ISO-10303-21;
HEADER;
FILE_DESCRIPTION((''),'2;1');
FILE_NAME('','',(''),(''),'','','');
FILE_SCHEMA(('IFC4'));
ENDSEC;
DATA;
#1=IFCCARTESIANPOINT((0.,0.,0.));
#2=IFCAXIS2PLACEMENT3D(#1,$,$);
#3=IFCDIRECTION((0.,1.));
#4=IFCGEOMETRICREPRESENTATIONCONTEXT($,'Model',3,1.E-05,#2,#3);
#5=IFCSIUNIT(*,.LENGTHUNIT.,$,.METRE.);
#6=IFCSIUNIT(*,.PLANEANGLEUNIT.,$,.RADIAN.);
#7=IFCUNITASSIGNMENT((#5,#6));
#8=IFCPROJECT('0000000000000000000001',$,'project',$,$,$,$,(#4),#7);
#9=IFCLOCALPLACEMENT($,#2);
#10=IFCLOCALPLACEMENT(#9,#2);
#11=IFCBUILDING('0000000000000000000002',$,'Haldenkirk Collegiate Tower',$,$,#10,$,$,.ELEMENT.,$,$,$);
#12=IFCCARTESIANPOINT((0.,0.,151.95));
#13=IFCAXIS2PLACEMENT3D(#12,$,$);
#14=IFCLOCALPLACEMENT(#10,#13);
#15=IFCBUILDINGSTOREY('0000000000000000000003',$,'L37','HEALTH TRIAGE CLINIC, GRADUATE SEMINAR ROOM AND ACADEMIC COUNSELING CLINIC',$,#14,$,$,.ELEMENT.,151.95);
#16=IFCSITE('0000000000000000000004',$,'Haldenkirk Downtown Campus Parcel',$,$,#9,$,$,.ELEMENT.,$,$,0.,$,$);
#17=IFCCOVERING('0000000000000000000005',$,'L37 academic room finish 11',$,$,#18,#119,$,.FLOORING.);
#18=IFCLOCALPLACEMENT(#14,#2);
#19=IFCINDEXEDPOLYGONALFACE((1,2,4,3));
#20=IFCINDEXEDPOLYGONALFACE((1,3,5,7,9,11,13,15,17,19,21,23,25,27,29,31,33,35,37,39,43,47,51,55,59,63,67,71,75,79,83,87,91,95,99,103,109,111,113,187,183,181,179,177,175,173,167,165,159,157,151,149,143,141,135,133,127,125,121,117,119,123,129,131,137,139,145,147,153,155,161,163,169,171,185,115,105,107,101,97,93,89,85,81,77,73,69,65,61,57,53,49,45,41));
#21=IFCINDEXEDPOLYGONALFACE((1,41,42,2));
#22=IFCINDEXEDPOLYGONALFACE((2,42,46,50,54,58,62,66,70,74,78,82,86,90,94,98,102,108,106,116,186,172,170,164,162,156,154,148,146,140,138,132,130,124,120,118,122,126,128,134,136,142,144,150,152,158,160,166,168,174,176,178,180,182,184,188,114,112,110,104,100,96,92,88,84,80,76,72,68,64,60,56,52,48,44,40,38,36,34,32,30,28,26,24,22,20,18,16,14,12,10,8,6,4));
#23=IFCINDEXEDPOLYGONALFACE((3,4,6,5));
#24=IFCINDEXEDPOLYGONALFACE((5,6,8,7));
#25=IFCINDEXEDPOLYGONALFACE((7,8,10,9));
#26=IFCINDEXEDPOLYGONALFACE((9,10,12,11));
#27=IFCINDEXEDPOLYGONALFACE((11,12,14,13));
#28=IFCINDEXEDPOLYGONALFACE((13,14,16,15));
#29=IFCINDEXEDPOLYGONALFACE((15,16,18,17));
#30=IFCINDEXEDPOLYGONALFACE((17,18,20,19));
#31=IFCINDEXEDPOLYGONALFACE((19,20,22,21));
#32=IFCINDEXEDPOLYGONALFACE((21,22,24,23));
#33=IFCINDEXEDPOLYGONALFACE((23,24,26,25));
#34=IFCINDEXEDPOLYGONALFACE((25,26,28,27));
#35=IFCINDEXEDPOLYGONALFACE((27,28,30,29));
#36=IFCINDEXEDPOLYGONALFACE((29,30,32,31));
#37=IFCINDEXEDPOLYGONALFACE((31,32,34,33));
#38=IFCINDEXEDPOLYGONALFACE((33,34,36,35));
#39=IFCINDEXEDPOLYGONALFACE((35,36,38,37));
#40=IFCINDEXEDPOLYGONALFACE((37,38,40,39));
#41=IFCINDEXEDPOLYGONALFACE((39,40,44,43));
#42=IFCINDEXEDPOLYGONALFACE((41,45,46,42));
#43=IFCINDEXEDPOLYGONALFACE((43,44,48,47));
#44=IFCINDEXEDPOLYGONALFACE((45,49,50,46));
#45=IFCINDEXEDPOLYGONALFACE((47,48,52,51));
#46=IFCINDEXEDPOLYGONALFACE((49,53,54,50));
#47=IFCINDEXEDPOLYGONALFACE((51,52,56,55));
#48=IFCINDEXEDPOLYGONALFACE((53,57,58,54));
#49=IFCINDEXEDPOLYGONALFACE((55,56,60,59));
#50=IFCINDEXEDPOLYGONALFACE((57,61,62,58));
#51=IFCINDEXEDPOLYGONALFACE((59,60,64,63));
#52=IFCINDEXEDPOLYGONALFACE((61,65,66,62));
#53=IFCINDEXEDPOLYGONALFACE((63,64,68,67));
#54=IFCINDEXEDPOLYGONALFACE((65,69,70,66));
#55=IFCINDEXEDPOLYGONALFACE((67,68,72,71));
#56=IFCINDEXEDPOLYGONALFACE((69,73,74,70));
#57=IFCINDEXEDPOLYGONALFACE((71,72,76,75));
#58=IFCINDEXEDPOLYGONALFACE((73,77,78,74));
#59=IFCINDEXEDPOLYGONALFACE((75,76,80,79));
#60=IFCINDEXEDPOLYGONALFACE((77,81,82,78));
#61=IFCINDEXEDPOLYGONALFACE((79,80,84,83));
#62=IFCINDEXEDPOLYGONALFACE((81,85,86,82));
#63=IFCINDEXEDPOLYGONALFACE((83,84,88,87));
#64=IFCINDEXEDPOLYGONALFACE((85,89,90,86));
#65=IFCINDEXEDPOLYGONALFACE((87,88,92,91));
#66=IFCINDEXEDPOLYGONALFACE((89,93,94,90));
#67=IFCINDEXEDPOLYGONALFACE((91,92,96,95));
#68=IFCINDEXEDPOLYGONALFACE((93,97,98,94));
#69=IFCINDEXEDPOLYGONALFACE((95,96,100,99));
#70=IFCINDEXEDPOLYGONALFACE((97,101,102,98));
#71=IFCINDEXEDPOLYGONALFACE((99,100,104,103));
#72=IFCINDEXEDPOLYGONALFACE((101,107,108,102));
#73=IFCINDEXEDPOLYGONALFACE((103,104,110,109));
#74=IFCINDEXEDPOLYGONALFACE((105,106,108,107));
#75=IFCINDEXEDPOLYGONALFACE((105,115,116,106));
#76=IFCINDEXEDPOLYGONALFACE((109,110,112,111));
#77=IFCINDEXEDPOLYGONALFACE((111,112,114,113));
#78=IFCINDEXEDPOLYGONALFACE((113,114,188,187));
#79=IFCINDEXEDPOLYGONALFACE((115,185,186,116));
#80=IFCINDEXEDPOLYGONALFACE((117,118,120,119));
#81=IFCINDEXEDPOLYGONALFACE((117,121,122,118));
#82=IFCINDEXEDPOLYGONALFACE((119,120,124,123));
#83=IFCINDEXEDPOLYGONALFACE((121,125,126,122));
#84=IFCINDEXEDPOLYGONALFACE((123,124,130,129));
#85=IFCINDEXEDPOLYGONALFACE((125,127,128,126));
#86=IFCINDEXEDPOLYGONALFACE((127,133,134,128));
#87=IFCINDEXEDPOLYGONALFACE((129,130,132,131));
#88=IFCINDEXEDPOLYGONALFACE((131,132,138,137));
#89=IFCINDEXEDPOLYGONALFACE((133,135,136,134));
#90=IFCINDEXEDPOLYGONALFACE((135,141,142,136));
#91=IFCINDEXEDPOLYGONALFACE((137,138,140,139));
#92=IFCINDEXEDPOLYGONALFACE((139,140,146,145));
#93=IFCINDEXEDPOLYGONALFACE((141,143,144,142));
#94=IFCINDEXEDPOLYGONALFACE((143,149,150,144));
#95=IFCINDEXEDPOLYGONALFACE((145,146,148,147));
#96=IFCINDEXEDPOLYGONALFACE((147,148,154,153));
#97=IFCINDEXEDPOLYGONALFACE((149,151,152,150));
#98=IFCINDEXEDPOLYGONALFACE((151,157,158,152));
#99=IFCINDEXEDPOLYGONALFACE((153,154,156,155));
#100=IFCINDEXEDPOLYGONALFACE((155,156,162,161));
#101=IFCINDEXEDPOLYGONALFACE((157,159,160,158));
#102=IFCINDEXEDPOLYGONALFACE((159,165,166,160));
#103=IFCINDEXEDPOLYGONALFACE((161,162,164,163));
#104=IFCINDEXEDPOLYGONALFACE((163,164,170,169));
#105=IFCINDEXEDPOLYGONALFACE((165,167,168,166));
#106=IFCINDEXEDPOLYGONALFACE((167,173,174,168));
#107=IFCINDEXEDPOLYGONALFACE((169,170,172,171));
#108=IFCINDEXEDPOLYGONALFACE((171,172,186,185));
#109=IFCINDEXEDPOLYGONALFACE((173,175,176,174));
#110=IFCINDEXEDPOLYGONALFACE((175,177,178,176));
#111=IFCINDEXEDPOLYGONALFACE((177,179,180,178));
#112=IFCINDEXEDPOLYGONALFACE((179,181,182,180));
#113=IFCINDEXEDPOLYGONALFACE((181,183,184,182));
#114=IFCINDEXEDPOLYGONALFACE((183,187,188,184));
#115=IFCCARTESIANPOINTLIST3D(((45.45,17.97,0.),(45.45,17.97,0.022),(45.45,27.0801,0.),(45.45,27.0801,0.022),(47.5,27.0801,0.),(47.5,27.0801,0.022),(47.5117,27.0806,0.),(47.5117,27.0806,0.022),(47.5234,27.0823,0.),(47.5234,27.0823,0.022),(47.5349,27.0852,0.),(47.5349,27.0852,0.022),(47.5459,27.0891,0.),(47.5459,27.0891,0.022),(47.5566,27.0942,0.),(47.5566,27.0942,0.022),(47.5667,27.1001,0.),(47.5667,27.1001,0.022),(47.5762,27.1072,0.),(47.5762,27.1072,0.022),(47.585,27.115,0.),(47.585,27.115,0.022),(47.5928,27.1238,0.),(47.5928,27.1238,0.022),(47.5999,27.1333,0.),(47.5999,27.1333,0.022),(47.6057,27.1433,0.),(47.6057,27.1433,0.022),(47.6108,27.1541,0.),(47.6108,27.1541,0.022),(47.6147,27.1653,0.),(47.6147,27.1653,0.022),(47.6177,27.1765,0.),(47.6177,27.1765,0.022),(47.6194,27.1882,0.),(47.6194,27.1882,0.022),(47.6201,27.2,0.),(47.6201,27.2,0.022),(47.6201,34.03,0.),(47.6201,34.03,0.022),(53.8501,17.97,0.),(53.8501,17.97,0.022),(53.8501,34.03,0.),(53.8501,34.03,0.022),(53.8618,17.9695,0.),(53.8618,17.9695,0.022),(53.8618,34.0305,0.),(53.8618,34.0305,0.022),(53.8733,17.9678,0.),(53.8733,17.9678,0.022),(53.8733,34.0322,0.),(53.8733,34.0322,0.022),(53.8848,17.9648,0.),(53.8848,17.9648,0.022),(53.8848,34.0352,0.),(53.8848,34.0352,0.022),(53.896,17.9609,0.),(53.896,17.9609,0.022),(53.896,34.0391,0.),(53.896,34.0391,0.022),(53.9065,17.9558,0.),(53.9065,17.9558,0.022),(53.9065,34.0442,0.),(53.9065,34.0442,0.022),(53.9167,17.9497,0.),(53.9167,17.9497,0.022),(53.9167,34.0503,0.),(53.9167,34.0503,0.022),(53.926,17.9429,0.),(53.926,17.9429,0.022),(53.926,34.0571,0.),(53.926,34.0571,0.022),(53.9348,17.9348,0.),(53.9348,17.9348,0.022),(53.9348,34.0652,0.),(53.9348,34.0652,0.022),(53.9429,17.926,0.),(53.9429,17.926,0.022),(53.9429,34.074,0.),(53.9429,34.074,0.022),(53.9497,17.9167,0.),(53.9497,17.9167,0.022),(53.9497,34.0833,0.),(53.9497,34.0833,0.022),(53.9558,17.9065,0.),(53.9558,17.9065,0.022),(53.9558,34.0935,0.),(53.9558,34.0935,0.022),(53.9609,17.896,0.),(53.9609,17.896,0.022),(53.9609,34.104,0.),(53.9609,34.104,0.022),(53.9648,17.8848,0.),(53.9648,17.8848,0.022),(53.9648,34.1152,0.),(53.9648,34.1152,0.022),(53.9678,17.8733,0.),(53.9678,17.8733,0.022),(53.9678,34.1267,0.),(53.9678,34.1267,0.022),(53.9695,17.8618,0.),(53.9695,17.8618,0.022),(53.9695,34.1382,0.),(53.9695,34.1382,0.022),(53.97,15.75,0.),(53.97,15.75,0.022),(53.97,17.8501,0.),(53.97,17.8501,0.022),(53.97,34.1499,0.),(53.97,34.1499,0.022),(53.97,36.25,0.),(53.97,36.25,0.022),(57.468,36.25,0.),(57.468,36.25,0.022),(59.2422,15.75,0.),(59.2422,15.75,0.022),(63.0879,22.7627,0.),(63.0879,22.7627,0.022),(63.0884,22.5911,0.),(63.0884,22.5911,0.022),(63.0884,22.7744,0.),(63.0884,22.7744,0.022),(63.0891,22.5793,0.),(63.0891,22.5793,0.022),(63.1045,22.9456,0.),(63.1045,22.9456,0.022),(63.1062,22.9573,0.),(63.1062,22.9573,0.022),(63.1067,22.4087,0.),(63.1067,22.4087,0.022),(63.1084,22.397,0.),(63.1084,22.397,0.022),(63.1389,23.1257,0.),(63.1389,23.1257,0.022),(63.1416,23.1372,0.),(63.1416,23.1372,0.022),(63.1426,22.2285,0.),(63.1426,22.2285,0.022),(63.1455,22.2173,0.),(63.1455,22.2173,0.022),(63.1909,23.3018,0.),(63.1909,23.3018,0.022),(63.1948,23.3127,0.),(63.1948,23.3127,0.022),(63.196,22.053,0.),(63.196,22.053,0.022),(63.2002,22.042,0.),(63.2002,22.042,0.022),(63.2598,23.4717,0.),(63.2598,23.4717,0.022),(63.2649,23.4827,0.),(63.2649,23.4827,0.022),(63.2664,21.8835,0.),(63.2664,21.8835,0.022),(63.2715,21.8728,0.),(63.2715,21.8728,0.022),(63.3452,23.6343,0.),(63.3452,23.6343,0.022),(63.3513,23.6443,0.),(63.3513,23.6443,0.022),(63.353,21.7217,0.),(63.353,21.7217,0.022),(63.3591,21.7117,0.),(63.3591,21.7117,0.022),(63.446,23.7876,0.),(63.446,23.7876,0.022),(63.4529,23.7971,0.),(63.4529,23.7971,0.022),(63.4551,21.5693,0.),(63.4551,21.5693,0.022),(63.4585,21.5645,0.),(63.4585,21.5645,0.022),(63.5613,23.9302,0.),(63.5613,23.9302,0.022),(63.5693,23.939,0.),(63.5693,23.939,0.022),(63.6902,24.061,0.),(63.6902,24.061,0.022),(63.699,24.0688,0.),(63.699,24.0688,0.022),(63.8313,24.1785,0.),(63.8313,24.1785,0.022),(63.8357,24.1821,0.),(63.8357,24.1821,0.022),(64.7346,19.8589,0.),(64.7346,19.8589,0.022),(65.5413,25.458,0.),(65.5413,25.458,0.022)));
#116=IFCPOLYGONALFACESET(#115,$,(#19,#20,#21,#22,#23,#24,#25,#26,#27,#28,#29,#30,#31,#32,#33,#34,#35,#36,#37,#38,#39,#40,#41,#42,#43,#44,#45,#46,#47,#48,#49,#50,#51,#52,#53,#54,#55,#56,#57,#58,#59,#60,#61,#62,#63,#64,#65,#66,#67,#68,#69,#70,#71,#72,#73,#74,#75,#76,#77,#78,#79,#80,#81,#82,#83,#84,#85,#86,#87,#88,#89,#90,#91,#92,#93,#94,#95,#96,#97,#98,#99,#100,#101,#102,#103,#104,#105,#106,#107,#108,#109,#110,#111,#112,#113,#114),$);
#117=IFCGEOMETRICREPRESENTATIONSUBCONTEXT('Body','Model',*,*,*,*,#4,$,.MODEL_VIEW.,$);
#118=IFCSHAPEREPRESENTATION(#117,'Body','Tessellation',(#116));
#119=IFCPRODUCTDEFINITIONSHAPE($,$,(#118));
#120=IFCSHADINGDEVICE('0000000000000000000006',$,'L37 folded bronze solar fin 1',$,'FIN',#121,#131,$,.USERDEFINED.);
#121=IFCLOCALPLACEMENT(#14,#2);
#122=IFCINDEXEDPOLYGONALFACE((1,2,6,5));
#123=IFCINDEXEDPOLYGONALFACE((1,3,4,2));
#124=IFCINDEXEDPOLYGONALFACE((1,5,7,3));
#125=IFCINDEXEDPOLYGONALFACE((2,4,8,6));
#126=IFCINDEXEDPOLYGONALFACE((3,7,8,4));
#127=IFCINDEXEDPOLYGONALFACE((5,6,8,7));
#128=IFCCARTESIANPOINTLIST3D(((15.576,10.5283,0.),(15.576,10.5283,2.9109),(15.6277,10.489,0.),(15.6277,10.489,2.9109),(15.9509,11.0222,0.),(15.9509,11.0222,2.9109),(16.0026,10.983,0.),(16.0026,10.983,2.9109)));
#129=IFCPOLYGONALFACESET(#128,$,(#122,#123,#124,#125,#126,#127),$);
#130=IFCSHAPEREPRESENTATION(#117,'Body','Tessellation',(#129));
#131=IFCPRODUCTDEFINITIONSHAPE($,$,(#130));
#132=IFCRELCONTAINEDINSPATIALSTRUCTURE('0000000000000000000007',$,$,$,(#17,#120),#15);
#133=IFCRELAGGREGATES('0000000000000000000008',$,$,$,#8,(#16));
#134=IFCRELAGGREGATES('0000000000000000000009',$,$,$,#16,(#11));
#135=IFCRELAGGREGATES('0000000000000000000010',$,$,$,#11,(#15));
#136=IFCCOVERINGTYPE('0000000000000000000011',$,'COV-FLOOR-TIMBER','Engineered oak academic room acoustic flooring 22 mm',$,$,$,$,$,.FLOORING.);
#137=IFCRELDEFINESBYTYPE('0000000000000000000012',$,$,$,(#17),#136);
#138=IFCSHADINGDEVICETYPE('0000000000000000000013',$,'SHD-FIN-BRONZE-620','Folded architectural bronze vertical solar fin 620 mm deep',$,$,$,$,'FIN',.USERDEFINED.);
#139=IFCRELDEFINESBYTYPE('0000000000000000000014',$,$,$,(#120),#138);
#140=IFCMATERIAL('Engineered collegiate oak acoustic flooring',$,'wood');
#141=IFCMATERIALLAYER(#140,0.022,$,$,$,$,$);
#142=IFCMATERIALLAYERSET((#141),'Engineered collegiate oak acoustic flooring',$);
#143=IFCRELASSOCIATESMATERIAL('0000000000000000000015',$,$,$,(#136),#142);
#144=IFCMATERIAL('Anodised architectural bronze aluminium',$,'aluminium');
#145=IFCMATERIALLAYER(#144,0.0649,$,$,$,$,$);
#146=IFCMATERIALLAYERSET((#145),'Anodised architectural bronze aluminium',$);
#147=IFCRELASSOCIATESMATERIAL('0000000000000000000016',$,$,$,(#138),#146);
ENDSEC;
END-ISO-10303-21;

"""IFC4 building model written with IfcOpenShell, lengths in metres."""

from ifc_helpers import new_model, si_unit, direction, frame, origin, origin_2d, place, context, subcontext, project, spatial, polyline, rectangle, outline, extrude, source, transform, mapped, material, layer, layer_set, type_object, element, save


model = new_model("IFC4")

# Units and contexts
model_context = context("Model", 3, precision=1e-05, world=origin(), true_north=direction((0.0, 1.0)))
body_context = subcontext(model_context, "Body", "Model", "MODEL_VIEW")
ifc_project = project(units=[si_unit("LENGTHUNIT", "METRE"), si_unit("PLANEANGLEUNIT", "RADIAN")], contexts=[model_context])

# Site, building, storey
site_placement = place(None, origin())
site = spatial("IfcSite", under=ifc_project, at=site_placement, Name="Haldenkirk Downtown Campus Parcel", CompositionType="ELEMENT", RefElevation=0.0)
building_placement = place(site_placement, origin())
building = spatial("IfcBuilding", under=site, at=building_placement, Name="Haldenkirk Collegiate Tower", CompositionType="ELEMENT")
storey_placement = place(building_placement, frame((0.0, 0.0, 151.95)))
storey = spatial("IfcBuildingStorey", under=building, at=storey_placement, Name="L37", Description="HEALTH TRIAGE CLINIC, GRADUATE SEMINAR ROOM AND ACADEMIC COUNSELING CLINIC", CompositionType="ELEMENT", Elevation=151.95)

# Shared definitions
ifc_material_1 = material(Name="Anodised architectural bronze aluminium", Category="aluminium")

# Covering
ifc_material_2 = material(Name="Engineered collegiate oak acoustic flooring", Category="wood")
ifc_layer_1 = layer(ifc_material_2, 0.022)
ifc_layer_set_1 = layer_set([ifc_layer_1], Name="Engineered collegiate oak acoustic flooring")
covering_type_1 = type_object("IfcCoveringType", Name="COV-FLOOR-TIMBER", Description="Engineered oak academic room acoustic flooring 22 mm", PredefinedType="FLOORING", material=ifc_layer_set_1)
covering_1_placement = place(storey_placement, origin())
element("IfcCovering", 1, at=covering_1_placement, inside=storey, type_object=covering_type_1, Name="L37 academic room finish 11", PredefinedType="FLOORING", context=body_context, shape_type="SweptSolid", body=[
    extrude(outline(polyline([(63.8357, 24.1821), (63.8313, 24.1785), (63.699, 24.0688), (63.6902, 24.061), (63.5693, 23.939), (63.5613, 23.9302), (63.4529, 23.7971), (63.446, 23.7876), (63.3513, 23.6443), (63.3452, 23.6343), (63.2649, 23.4827), (63.2598, 23.4717), (63.1948, 23.3127), (63.1909, 23.3018), (63.1416, 23.1372), (63.1389, 23.1257), (63.1062, 22.9573), (63.1045, 22.9456), (63.0884, 22.7744), (63.0879, 22.7627), (63.0884, 22.5911), (63.0891, 22.5793), (63.1067, 22.4087), (63.1084, 22.397), (63.1426, 22.2285), (63.1455, 22.2173), (63.196, 22.053), (63.2002, 22.042), (63.2664, 21.8835), (63.2715, 21.8728), (63.353, 21.7217), (63.3591, 21.7117), (63.4551, 21.5693), (63.4585, 21.5645), (64.7346, 19.8589), (59.2422, 15.75), (53.97, 15.75), (53.97, 17.8501), (53.9695, 17.8618), (53.9678, 17.8733), (53.9648, 17.8848), (53.9609, 17.896), (53.9558, 17.9065), (53.9497, 17.9167), (53.9429, 17.926), (53.9348, 17.9348), (53.926, 17.9429), (53.9167, 17.9497), (53.9065, 17.9558), (53.896, 17.9609), (53.8848, 17.9648), (53.8733, 17.9678), (53.8618, 17.9695), (53.8501, 17.97), (45.45, 17.97), (45.45, 27.0801), (47.5, 27.0801), (47.5117, 27.0806), (47.5234, 27.0823), (47.5349, 27.0852), (47.5459, 27.0891), (47.5566, 27.0942), (47.5667, 27.1001), (47.5762, 27.1072), (47.585, 27.115), (47.5928, 27.1238), (47.5999, 27.1333), (47.6057, 27.1433), (47.6108, 27.1541), (47.6147, 27.1653), (47.6177, 27.1765), (47.6194, 27.1882), (47.6201, 27.2), (47.6201, 34.03), (53.8501, 34.03), (53.8618, 34.0305), (53.8733, 34.0322), (53.8848, 34.0352), (53.896, 34.0391), (53.9065, 34.0442), (53.9167, 34.0503), (53.926, 34.0571), (53.9348, 34.0652), (53.9429, 34.074), (53.9497, 34.0833), (53.9558, 34.0935), (53.9609, 34.104), (53.9648, 34.1152), (53.9678, 34.1267), (53.9695, 34.1382), (53.97, 34.1499), (53.97, 36.25), (57.468, 36.25), (65.5413, 25.458), (63.8357, 24.1821)])), origin(), (0.0, 0.0, 1.0), 0.022),
])

# Shading device
ifc_layer_2 = layer(ifc_material_1, 0.0649)
ifc_layer_set_2 = layer_set([ifc_layer_2], Name="Anodised architectural bronze aluminium")
shading_device_type = type_object("IfcShadingDeviceType", Name="SHD-FIN-BRONZE-620", Description="Folded architectural bronze vertical solar fin 620 mm deep", ElementType="FIN", PredefinedType="USERDEFINED", material=ifc_layer_set_2)
shared_shape_1 = source(origin(), body_context, "Body", "SweptSolid", [
    extrude(rectangle(XDim=0.6201, YDim=0.0649, at=origin_2d()), origin(), (0.0, 0.0, 1.0), 2.9109),
])
shading_device_placement = place(storey_placement, frame((15.7893, 10.7556, 0.0), z_axis=(0.0, 0.0, 1.0), x_axis=(-0.604599, -0.79653, 0.0)))
element("IfcShadingDevice", 2, at=shading_device_placement, inside=storey, type_object=shading_device_type, Name="L37 folded bronze solar fin 1", ObjectType="FIN", PredefinedType="USERDEFINED", context=body_context, shape_type="MappedRepresentation", body=[
    mapped(shared_shape_1, transform((0.0, 0.0, 0.0), x_axis=(1.0, 0.0, 0.0), y_axis=(0.0, 1.0, 0.0), z_axis=(0.0, 0.0, 1.0), scale=1.0)),
])

save(model, "model.ifc")
